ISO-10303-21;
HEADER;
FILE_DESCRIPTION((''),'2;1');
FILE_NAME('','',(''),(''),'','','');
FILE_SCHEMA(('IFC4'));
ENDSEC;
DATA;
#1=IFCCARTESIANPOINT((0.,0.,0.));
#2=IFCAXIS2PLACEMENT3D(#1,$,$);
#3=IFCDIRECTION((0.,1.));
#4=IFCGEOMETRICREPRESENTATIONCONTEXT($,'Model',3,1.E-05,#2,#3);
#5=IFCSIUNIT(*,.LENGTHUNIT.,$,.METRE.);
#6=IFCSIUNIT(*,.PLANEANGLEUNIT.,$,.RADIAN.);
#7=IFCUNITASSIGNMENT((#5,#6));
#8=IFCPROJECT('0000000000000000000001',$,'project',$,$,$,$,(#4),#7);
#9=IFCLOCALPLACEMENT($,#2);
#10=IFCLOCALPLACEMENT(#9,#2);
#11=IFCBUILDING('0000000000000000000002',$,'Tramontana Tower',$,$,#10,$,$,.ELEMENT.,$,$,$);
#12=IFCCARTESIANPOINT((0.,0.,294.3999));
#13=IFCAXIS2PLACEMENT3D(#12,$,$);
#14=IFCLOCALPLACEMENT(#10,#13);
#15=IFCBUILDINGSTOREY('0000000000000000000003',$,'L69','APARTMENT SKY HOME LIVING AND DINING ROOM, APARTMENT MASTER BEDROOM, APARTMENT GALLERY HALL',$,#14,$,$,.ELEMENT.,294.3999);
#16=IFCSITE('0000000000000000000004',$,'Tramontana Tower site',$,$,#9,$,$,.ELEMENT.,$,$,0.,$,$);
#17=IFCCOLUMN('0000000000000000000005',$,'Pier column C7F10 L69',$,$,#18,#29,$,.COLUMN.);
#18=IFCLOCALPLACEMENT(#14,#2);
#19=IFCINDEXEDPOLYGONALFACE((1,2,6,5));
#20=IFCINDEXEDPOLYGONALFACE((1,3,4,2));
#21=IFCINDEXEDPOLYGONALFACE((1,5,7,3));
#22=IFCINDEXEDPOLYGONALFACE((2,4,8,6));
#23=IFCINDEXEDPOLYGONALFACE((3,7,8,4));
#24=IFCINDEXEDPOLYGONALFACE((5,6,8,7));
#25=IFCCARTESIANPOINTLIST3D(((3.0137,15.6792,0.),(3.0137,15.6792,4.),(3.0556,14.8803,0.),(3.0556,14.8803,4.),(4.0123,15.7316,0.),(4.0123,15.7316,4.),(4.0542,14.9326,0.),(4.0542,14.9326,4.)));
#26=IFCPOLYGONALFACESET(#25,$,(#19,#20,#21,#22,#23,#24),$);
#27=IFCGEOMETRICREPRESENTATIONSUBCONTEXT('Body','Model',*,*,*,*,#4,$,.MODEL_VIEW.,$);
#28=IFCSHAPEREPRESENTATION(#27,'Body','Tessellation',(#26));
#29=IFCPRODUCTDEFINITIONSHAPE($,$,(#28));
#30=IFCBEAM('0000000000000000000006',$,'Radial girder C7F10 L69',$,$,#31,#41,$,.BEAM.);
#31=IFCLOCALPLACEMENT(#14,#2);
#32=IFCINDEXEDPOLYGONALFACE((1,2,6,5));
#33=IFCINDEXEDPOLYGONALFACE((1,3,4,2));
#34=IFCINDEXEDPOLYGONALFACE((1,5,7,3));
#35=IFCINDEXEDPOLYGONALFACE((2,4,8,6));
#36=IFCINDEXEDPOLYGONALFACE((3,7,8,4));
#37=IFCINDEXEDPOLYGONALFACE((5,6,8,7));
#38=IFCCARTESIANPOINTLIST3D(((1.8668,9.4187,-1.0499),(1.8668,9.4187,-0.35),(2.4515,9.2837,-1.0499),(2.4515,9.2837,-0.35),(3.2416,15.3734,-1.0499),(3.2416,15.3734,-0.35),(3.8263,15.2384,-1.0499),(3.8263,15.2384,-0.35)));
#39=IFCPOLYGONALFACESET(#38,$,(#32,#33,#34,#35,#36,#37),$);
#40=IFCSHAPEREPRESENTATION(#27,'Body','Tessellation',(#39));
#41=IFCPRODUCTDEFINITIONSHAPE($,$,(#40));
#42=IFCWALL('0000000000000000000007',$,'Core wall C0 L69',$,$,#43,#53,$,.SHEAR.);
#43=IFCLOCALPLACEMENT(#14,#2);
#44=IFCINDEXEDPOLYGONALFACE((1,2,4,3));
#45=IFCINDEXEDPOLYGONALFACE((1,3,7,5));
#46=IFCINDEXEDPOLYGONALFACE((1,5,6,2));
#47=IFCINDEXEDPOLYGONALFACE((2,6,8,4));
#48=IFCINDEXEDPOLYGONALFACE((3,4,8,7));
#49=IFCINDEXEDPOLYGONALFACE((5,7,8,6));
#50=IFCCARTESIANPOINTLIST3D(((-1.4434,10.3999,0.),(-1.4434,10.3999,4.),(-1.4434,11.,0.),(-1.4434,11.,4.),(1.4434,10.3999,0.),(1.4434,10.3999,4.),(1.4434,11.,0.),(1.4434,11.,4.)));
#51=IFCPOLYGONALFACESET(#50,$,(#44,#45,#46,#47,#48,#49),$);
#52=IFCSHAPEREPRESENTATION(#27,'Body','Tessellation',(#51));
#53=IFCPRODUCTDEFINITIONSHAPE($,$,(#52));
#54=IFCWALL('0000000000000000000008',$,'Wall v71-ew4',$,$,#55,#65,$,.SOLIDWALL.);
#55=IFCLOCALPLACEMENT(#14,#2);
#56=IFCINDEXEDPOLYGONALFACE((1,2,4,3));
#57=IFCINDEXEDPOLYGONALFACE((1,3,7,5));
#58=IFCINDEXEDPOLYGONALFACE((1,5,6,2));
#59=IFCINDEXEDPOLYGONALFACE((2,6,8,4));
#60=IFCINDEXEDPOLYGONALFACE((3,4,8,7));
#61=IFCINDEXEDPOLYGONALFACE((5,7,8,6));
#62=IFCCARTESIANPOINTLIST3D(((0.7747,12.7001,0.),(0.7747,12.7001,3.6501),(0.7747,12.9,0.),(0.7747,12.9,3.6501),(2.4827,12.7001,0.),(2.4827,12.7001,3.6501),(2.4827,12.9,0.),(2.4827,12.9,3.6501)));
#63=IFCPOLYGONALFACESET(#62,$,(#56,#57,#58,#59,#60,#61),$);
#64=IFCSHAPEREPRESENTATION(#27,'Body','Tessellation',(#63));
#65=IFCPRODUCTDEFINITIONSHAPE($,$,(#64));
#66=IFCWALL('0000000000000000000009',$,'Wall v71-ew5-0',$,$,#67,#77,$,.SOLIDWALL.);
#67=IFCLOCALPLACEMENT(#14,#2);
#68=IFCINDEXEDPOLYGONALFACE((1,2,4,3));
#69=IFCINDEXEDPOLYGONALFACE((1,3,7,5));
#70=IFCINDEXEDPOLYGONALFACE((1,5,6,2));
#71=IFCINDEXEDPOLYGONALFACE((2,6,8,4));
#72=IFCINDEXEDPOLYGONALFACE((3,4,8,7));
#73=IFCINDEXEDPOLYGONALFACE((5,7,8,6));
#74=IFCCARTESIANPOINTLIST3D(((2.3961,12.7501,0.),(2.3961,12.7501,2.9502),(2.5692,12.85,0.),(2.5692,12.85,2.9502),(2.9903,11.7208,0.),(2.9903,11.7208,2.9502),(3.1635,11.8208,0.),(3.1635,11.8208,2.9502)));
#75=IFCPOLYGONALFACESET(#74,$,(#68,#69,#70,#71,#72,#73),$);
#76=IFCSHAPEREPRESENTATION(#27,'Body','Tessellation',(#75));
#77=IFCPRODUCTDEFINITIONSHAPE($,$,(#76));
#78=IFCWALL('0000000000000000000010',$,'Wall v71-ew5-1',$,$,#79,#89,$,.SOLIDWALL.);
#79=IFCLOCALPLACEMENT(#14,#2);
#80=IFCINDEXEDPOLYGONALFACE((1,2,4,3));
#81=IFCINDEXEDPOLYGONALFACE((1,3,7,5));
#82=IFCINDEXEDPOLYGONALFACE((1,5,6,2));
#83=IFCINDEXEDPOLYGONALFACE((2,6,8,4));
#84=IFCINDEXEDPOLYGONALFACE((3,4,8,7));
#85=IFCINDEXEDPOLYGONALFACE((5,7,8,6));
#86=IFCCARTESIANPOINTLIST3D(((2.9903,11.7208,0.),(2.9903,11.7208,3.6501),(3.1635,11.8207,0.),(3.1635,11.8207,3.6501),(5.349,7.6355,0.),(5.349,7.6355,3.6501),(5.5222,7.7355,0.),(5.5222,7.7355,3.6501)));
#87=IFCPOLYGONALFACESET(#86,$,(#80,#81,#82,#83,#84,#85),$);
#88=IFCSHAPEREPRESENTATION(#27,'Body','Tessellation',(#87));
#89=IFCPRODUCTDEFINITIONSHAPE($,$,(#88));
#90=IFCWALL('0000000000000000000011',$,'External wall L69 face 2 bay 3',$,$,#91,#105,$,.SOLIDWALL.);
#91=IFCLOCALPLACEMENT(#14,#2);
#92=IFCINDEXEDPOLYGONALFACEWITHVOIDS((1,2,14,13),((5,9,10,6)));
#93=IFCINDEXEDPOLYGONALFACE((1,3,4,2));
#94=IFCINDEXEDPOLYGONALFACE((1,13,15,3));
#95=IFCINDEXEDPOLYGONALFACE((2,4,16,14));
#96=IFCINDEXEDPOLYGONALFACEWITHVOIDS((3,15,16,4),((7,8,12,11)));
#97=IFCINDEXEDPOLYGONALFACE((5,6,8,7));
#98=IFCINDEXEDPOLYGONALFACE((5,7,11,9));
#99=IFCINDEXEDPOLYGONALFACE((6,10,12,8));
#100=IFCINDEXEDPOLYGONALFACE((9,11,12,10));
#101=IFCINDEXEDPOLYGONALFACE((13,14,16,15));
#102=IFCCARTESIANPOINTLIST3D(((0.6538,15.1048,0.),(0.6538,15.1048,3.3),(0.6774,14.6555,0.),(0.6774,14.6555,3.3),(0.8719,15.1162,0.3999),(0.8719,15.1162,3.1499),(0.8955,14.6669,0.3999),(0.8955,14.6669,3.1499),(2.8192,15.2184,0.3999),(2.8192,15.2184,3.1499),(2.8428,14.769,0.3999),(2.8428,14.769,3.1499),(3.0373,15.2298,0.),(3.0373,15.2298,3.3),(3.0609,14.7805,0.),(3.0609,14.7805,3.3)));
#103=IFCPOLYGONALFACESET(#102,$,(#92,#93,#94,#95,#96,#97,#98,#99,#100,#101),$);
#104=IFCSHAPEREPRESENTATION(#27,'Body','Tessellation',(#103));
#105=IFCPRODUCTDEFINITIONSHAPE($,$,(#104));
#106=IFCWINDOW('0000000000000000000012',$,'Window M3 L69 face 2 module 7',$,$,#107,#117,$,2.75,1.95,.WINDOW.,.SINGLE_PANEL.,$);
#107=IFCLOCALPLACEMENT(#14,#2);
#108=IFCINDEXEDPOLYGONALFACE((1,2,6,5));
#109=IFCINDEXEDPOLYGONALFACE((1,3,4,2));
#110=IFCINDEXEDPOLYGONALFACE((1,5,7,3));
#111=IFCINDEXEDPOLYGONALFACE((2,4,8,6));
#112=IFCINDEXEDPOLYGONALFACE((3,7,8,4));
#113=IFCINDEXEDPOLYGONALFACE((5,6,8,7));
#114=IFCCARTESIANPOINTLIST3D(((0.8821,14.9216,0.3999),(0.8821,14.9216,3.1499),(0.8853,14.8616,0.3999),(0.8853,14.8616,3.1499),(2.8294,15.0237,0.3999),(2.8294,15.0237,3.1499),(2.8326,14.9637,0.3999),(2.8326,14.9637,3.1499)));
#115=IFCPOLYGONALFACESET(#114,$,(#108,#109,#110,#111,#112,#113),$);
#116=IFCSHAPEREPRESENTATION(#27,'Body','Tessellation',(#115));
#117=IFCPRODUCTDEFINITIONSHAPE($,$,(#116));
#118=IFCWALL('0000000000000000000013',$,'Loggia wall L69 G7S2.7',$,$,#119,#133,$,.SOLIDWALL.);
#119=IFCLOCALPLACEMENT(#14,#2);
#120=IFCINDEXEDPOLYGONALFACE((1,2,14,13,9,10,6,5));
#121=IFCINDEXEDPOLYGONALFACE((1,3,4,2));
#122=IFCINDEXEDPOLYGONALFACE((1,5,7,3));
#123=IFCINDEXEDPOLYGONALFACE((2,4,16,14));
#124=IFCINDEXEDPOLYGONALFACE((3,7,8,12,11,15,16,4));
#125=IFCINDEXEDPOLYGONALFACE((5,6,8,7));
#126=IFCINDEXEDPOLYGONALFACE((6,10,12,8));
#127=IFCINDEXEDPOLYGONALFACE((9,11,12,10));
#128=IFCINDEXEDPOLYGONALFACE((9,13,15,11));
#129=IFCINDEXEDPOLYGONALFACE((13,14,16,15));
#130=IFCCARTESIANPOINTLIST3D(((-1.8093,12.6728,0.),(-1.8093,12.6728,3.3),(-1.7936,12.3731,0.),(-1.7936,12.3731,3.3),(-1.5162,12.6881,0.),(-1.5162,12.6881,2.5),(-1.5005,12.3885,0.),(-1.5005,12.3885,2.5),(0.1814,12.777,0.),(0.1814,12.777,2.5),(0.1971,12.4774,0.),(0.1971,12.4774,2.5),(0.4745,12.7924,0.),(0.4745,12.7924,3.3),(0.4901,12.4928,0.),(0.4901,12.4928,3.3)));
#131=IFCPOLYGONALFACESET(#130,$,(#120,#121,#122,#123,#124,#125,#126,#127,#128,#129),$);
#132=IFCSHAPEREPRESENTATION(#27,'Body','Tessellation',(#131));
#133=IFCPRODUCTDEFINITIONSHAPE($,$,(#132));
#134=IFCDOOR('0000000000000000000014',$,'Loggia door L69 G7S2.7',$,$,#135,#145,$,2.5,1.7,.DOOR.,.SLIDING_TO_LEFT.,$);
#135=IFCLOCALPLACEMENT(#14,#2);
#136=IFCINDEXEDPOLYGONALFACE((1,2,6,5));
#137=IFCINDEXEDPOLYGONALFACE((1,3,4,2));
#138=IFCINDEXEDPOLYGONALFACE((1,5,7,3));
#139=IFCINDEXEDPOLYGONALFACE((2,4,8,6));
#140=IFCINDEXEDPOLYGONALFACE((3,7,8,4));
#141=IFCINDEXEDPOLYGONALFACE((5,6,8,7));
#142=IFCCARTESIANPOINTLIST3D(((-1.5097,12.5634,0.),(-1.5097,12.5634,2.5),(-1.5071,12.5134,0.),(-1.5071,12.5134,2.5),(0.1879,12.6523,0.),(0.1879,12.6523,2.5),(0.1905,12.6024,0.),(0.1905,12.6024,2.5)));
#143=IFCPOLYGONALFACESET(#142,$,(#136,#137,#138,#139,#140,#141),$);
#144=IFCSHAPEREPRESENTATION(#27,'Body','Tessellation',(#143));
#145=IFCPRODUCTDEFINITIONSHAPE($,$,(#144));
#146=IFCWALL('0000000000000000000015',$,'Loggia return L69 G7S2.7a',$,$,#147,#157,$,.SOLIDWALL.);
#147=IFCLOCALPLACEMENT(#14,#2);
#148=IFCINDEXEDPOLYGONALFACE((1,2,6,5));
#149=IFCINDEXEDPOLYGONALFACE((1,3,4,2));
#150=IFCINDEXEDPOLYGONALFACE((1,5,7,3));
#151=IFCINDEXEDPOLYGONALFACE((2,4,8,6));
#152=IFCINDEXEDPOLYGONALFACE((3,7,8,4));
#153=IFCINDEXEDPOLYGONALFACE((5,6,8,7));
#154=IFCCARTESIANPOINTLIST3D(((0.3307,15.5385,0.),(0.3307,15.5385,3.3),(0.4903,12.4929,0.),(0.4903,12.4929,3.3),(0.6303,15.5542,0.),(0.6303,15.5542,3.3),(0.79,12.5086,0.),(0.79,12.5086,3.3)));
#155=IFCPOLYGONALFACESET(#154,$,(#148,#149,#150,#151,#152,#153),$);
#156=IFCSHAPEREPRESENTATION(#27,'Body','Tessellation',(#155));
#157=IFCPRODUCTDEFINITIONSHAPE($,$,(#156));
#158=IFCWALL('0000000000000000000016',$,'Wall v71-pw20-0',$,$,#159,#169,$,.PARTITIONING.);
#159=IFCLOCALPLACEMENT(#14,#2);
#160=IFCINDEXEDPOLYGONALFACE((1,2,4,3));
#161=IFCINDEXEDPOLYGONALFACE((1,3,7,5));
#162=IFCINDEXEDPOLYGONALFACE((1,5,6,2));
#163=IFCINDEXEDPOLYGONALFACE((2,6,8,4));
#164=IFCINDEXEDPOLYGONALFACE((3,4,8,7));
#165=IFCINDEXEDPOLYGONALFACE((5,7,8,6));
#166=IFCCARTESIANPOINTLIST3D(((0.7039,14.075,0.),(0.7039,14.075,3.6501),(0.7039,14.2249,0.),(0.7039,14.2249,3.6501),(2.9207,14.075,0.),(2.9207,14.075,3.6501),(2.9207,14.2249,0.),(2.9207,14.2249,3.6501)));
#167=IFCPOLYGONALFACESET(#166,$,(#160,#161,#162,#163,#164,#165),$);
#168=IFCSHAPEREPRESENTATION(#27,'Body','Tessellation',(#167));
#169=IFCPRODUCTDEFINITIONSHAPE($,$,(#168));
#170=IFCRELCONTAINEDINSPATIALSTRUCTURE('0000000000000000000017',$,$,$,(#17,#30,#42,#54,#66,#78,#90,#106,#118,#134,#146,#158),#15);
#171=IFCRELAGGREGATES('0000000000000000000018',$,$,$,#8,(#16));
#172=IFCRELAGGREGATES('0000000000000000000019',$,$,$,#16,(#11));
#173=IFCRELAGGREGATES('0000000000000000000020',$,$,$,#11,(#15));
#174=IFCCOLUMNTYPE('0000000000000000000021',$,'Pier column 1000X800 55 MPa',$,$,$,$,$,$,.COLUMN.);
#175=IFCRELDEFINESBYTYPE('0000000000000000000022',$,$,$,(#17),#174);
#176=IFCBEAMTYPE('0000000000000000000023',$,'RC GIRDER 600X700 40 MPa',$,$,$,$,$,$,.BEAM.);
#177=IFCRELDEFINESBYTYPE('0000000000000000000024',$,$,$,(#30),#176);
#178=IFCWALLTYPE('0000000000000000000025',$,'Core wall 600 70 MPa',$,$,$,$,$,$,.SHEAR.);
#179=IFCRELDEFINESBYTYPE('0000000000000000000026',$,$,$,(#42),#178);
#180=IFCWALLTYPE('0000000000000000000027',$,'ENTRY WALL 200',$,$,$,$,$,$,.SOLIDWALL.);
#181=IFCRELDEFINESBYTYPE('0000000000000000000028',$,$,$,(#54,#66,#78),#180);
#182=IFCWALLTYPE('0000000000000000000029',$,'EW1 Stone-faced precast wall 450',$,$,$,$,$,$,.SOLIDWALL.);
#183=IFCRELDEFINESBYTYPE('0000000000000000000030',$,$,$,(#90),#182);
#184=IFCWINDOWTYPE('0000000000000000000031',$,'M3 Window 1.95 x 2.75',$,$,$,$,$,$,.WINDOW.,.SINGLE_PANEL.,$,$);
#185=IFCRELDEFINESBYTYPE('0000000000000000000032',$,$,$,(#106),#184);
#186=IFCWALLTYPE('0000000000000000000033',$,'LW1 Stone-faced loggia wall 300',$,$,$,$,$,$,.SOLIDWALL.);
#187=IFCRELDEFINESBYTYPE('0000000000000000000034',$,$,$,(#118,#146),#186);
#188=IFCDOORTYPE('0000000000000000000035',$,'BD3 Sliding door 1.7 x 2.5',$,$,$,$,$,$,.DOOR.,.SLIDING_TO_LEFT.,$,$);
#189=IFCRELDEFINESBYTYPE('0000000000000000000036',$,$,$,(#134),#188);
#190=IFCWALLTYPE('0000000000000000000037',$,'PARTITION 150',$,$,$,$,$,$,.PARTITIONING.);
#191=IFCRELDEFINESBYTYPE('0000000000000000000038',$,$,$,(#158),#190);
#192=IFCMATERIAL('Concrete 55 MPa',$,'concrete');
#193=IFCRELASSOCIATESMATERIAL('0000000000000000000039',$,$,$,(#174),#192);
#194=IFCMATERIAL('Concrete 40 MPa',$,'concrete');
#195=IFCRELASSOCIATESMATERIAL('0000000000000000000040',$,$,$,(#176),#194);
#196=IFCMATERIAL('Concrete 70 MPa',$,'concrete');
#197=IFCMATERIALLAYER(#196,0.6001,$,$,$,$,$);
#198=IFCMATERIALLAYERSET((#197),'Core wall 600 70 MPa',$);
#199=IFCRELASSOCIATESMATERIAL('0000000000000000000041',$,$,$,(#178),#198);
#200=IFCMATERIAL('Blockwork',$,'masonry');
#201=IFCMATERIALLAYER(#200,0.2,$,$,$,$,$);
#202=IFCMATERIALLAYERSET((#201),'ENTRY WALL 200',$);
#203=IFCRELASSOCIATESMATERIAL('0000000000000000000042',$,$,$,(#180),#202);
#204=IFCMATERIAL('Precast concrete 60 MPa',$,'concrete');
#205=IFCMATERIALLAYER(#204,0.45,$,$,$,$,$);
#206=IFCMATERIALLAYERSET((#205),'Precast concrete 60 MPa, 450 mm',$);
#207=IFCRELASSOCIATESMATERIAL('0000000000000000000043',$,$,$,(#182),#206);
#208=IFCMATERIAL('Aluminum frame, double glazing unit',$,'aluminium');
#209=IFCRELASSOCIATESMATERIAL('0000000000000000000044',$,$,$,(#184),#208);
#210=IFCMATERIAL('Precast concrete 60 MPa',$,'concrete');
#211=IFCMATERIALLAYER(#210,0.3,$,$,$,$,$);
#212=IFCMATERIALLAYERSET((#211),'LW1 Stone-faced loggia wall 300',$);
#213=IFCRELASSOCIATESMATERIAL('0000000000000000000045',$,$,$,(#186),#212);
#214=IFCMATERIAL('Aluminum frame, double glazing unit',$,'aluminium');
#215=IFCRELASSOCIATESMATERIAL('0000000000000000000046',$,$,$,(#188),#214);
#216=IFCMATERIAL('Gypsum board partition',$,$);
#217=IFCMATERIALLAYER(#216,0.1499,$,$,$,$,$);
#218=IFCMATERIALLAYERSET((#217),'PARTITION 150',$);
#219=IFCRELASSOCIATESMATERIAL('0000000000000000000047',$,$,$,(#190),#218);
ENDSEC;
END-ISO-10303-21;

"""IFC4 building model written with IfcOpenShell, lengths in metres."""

from ifc_helpers import new_model, si_unit, direction, frame, frame_2d, origin, origin_2d, place, context, subcontext, project, spatial, rectangle, extrude, material, layer, layer_set, material_profile, profile_set, type_object, element, fill, save


model = new_model("IFC4")

# Units and contexts
model_context = context("Model", 3, precision=1e-05, world=origin(), true_north=direction((0.0, 1.0)))
body_context = subcontext(model_context, "Body", "Model", "MODEL_VIEW")
ifc_project = project(units=[si_unit("LENGTHUNIT", "METRE"), si_unit("PLANEANGLEUNIT", "RADIAN")], contexts=[model_context])

# Site, building, storey
site_placement = place(None, origin())
site = spatial("IfcSite", under=ifc_project, at=site_placement, Name="Tramontana Tower site", CompositionType="ELEMENT", RefElevation=0.0)
building_placement = place(site_placement, origin())
building = spatial("IfcBuilding", under=site, at=building_placement, Name="Tramontana Tower", CompositionType="ELEMENT")
storey_placement = place(building_placement, frame((0.0, 0.0, 294.3999)))
storey = spatial("IfcBuildingStorey", under=building, at=storey_placement, Name="L69", Description="APARTMENT SKY HOME LIVING AND DINING ROOM, APARTMENT MASTER BEDROOM, APARTMENT GALLERY HALL", CompositionType="ELEMENT", Elevation=294.3999)

# Column
ifc_material_1 = material(Name="Concrete 55 MPa", Category="concrete")
ifc_material_profile_1 = material_profile(ifc_material_1, rectangle(XDim=1.0, YDim=0.8, at=origin_2d()), Name="Pier column 1000X800 55 MPa")
ifc_profile_set_1 = profile_set([ifc_material_profile_1], Name="Concrete 55 MPa")
column_type = type_object("IfcColumnType", Name="Pier column 1000X800 55 MPa", PredefinedType="COLUMN", material=ifc_profile_set_1)
column_placement = place(storey_placement, frame((3.5339, 15.3059, 0.0), z_axis=(0.0, 0.0, 1.0), x_axis=(-0.99863, -0.052336, 0.0)))
element("IfcColumn", 1, at=column_placement, inside=storey, type_object=column_type, Name="Pier column C7F10 L69", PredefinedType="COLUMN", context=body_context, shape_type="SweptSolid", body=[
    extrude(rectangle(XDim=1.0, YDim=0.8, at=origin_2d()), origin(), (0.0, 0.0, 1.0), 4.0),
])

# Beam
ifc_material_2 = material(Name="Concrete 40 MPa", Category="concrete")
ifc_material_profile_2 = material_profile(ifc_material_2, rectangle(XDim=0.6001, YDim=0.7, at=origin_2d()), Name="RC GIRDER 600X700 40 MPa")
ifc_profile_set_2 = profile_set([ifc_material_profile_2], Name="Concrete 40 MPa")
beam_type = type_object("IfcBeamType", Name="RC GIRDER 600X700 40 MPa", PredefinedType="BEAM", material=ifc_profile_set_2)
beam_placement = place(storey_placement, frame((3.5339, 15.3059, -0.7), z_axis=(-0.224956, -0.974369, 0.0), x_axis=(0.974369, -0.224956, 0.0)))
element("IfcBeam", 2, at=beam_placement, inside=storey, type_object=beam_type, Name="Radial girder C7F10 L69", PredefinedType="BEAM", context=body_context, shape_type="SweptSolid", body=[
    extrude(rectangle(XDim=0.6001, YDim=0.7, at=origin_2d()), origin(), (0.0, 0.0, 1.0), 6.1113),
])

# Walls
ifc_material_3 = material(Name="Concrete 70 MPa", Category="concrete")
ifc_layer_1 = layer(ifc_material_3, 0.6001)
ifc_layer_set_1 = layer_set([ifc_layer_1], Name="Core wall 600 70 MPa")
wall_type_1 = type_object("IfcWallType", Name="Core wall 600 70 MPa", PredefinedType="SHEAR", material=ifc_layer_set_1)
wall_1_placement = place(storey_placement, frame((1.4434, 10.7, 0.0), z_axis=(0.0, 0.0, 1.0), x_axis=(-1.0, 0.0, 0.0)))
element("IfcWall", 3, at=wall_1_placement, inside=storey, type_object=wall_type_1, Name="Core wall C0 L69", PredefinedType="SHEAR", context=body_context, shape_type="SweptSolid", body=[
    extrude(rectangle(XDim=2.8867, YDim=0.6001, at=frame_2d((1.4434, 0.0))), origin(), (0.0, 0.0, 1.0), 4.0),
])
ifc_material_4 = material(Name="Blockwork", Category="masonry")
ifc_layer_2 = layer(ifc_material_4, 0.2)
ifc_layer_set_2 = layer_set([ifc_layer_2], Name="ENTRY WALL 200")
wall_type_2 = type_object("IfcWallType", Name="ENTRY WALL 200", PredefinedType="SOLIDWALL", material=ifc_layer_set_2)
wall_2_placement = place(storey_placement, frame((0.7747, 12.8, 0.0), z_axis=(0.0, 0.0, 1.0), x_axis=(1.0, 0.0, 0.0)))
element("IfcWall", 4, at=wall_2_placement, inside=storey, type_object=wall_type_2, Name="Wall v71-ew4", PredefinedType="SOLIDWALL", context=body_context, shape_type="SweptSolid", body=[
    extrude(rectangle(XDim=1.708, YDim=0.2, at=frame_2d((0.854, 0.0))), origin(), (0.0, 0.0, 1.0), 3.6501),
])
wall_3_placement = place(storey_placement, frame((2.4827, 12.8, 0.0), z_axis=(0.0, 0.0, 1.0), x_axis=(0.499983, -0.866035, 0.0)))
element("IfcWall", 5, at=wall_3_placement, inside=storey, type_object=wall_type_2, Name="Wall v71-ew5-0", PredefinedType="SOLIDWALL", context=body_context, shape_type="SweptSolid", body=[
    extrude(rectangle(XDim=1.1885, YDim=0.2, at=frame_2d((0.5942, 0.0))), origin(), (0.0, 0.0, 1.0), 2.9502),
])
wall_4_placement = place(storey_placement, frame((3.0769, 11.7708, 0.0), z_axis=(0.0, 0.0, 1.0), x_axis=(0.500008, -0.866021, 0.0)))
element("IfcWall", 6, at=wall_4_placement, inside=storey, type_object=wall_type_2, Name="Wall v71-ew5-1", PredefinedType="SOLIDWALL", context=body_context, shape_type="SweptSolid", body=[
    extrude(rectangle(XDim=4.7173, YDim=0.2, at=frame_2d((2.3586, 0.0))), origin(), (0.0, 0.0, 1.0), 3.6501),
])

# Wall, opening, window
ifc_material_5 = material(Name="Precast concrete 60 MPa", Category="concrete")
ifc_layer_3 = layer(ifc_material_5, 0.45)
ifc_layer_set_3 = layer_set([ifc_layer_3], Name="Precast concrete 60 MPa, 450 mm")
wall_type_3 = type_object("IfcWallType", Name="EW1 Stone-faced precast wall 450", PredefinedType="SOLIDWALL", material=ifc_layer_set_3)
wall_5_placement = place(storey_placement, frame((3.0491, 15.0051, 0.0), z_axis=(0.0, 0.0, 1.0), x_axis=(-0.998628, -0.052371, 0.0)))
wall_5 = element("IfcWall", 7, at=wall_5_placement, inside=storey, type_object=wall_type_3, Name="External wall L69 face 2 bay 3", PredefinedType="SOLIDWALL", context=body_context, shape_type="SweptSolid", body=[
    extrude(rectangle(XDim=2.3867, YDim=0.45, at=frame_2d((1.1934, 0.0))), origin(), (0.0, 0.0, 1.0), 3.3),
])
opening_1_placement = place(wall_5_placement, frame((0.2183, 0.0, 0.3999)))
opening_1 = element("IfcOpeningElement", 8, at=opening_1_placement, cuts=wall_5, PredefinedType="OPENING", context=body_context, shape_type="SweptSolid", body=[
    extrude(rectangle(XDim=1.95, YDim=2.75, at=frame_2d((0.9751, 1.375))), frame((0.0, 0.2349, 0.0), z_axis=(0.0, -1.0, 0.0), x_axis=(1.0, 0.0, 0.0)), (0.0, 0.0, 1.0), 0.47),
])
ifc_material_6 = material(Name="Aluminum frame, double glazing unit", Category="aluminium")
window_type = type_object("IfcWindowType", Name="M3 Window 1.95 x 2.75", PartitioningType="SINGLE_PANEL", PredefinedType="WINDOW", material=ifc_material_6)
window_placement = place(opening_1_placement, origin())
window = element("IfcWindow", 9, at=window_placement, inside=storey, type_object=window_type, Name="Window M3 L69 face 2 module 7", OverallHeight=2.75, OverallWidth=1.95, PartitioningType="SINGLE_PANEL", PredefinedType="WINDOW", context=body_context, shape_type="SweptSolid", body=[
    extrude(rectangle(XDim=1.95, YDim=2.75, at=frame_2d((0.9751, 1.375))), frame((0.0, 0.03, 0.0), z_axis=(0.0, -1.0, 0.0), x_axis=(1.0, 0.0, 0.0)), (0.0, 0.0, 1.0), 0.0601),
])
fill(opening_1, window)

# Wall, opening, door
ifc_material_7 = material(Name="Precast concrete 60 MPa", Category="concrete")
ifc_layer_4 = layer(ifc_material_7, 0.3)
ifc_layer_set_4 = layer_set([ifc_layer_4], Name="LW1 Stone-faced loggia wall 300")
wall_type_4 = type_object("IfcWallType", Name="LW1 Stone-faced loggia wall 300", PredefinedType="SOLIDWALL", material=ifc_layer_set_4)
wall_6_placement = place(storey_placement, frame((0.4824, 12.6426, 0.0), z_axis=(0.0, 0.0, 1.0), x_axis=(-0.998631, -0.052312, 0.0)))
wall_6 = element("IfcWall", 10, at=wall_6_placement, inside=storey, type_object=wall_type_4, Name="Loggia wall L69 G7S2.7", PredefinedType="SOLIDWALL", context=body_context, shape_type="SweptSolid", body=[
    extrude(rectangle(XDim=2.2869, YDim=0.3, at=frame_2d((1.1436, 0.0))), origin(), (0.0, 0.0, 1.0), 3.3),
])
opening_2_placement = place(wall_6_placement, frame((0.2935, 0.0, 0.0)))
opening_2 = element("IfcOpeningElement", 11, at=opening_2_placement, cuts=wall_6, PredefinedType="OPENING", context=body_context, shape_type="SweptSolid", body=[
    extrude(rectangle(XDim=1.7, YDim=2.5, at=frame_2d((0.8501, 1.25))), frame((0.0, 0.1599, 0.0), z_axis=(0.0, -1.0, 0.0), x_axis=(1.0, 0.0, 0.0)), (0.0, 0.0, 1.0), 0.3201),
])
ifc_material_8 = material(Name="Aluminum frame, double glazing unit", Category="aluminium")
door_type_1 = type_object("IfcDoorType", Name="BD3 Sliding door 1.7 x 2.5", OperationType="SLIDING_TO_LEFT", PredefinedType="DOOR", material=ifc_material_8)
door_1_placement = place(opening_2_placement, origin())
door_1 = element("IfcDoor", 12, at=door_1_placement, inside=storey, type_object=door_type_1, Name="Loggia door L69 G7S2.7", OperationType="SLIDING_TO_LEFT", OverallHeight=2.5, OverallWidth=1.7, PredefinedType="DOOR", context=body_context, shape_type="SweptSolid", body=[
    extrude(rectangle(XDim=1.7, YDim=2.5, at=frame_2d((0.8501, 1.25))), frame((0.0, 0.0249, 0.0), z_axis=(0.0, -1.0, 0.0), x_axis=(1.0, 0.0, 0.0)), (0.0, 0.0, 1.0), 0.05),
])
fill(opening_2, door_1)

# Walls
wall_7_placement = place(storey_placement, frame((0.4805, 15.5464, 0.0), z_axis=(0.0, 0.0, 1.0), x_axis=(0.052353, -0.998629, 0.0)))
element("IfcWall", 13, at=wall_7_placement, inside=storey, type_object=wall_type_4, Name="Loggia return L69 G7S2.7a", PredefinedType="SOLIDWALL", context=body_context, shape_type="SweptSolid", body=[
    extrude(rectangle(XDim=3.0498, YDim=0.3, at=frame_2d((1.5249, 0.0))), origin(), (0.0, 0.0, 1.0), 3.3),
])
ifc_material_9 = material(Name="Gypsum board partition")
ifc_layer_5 = layer(ifc_material_9, 0.1499)
ifc_layer_set_5 = layer_set([ifc_layer_5], Name="PARTITION 150")
wall_type_5 = type_object("IfcWallType", Name="PARTITION 150", PredefinedType="PARTITIONING", material=ifc_layer_set_5)
wall_8_placement = place(storey_placement, frame((0.7039, 14.1499, 0.0), z_axis=(0.0, 0.0, 1.0), x_axis=(1.0, 0.0, 0.0)))
element("IfcWall", 14, at=wall_8_placement, inside=storey, type_object=wall_type_5, Name="Wall v71-pw20-0", PredefinedType="PARTITIONING", context=body_context, shape_type="SweptSolid", body=[
    extrude(rectangle(XDim=2.2168, YDim=0.1499, at=frame_2d((1.1084, 0.0))), origin(), (0.0, 0.0, 1.0), 3.6501),
])

save(model, "model.ifc")
